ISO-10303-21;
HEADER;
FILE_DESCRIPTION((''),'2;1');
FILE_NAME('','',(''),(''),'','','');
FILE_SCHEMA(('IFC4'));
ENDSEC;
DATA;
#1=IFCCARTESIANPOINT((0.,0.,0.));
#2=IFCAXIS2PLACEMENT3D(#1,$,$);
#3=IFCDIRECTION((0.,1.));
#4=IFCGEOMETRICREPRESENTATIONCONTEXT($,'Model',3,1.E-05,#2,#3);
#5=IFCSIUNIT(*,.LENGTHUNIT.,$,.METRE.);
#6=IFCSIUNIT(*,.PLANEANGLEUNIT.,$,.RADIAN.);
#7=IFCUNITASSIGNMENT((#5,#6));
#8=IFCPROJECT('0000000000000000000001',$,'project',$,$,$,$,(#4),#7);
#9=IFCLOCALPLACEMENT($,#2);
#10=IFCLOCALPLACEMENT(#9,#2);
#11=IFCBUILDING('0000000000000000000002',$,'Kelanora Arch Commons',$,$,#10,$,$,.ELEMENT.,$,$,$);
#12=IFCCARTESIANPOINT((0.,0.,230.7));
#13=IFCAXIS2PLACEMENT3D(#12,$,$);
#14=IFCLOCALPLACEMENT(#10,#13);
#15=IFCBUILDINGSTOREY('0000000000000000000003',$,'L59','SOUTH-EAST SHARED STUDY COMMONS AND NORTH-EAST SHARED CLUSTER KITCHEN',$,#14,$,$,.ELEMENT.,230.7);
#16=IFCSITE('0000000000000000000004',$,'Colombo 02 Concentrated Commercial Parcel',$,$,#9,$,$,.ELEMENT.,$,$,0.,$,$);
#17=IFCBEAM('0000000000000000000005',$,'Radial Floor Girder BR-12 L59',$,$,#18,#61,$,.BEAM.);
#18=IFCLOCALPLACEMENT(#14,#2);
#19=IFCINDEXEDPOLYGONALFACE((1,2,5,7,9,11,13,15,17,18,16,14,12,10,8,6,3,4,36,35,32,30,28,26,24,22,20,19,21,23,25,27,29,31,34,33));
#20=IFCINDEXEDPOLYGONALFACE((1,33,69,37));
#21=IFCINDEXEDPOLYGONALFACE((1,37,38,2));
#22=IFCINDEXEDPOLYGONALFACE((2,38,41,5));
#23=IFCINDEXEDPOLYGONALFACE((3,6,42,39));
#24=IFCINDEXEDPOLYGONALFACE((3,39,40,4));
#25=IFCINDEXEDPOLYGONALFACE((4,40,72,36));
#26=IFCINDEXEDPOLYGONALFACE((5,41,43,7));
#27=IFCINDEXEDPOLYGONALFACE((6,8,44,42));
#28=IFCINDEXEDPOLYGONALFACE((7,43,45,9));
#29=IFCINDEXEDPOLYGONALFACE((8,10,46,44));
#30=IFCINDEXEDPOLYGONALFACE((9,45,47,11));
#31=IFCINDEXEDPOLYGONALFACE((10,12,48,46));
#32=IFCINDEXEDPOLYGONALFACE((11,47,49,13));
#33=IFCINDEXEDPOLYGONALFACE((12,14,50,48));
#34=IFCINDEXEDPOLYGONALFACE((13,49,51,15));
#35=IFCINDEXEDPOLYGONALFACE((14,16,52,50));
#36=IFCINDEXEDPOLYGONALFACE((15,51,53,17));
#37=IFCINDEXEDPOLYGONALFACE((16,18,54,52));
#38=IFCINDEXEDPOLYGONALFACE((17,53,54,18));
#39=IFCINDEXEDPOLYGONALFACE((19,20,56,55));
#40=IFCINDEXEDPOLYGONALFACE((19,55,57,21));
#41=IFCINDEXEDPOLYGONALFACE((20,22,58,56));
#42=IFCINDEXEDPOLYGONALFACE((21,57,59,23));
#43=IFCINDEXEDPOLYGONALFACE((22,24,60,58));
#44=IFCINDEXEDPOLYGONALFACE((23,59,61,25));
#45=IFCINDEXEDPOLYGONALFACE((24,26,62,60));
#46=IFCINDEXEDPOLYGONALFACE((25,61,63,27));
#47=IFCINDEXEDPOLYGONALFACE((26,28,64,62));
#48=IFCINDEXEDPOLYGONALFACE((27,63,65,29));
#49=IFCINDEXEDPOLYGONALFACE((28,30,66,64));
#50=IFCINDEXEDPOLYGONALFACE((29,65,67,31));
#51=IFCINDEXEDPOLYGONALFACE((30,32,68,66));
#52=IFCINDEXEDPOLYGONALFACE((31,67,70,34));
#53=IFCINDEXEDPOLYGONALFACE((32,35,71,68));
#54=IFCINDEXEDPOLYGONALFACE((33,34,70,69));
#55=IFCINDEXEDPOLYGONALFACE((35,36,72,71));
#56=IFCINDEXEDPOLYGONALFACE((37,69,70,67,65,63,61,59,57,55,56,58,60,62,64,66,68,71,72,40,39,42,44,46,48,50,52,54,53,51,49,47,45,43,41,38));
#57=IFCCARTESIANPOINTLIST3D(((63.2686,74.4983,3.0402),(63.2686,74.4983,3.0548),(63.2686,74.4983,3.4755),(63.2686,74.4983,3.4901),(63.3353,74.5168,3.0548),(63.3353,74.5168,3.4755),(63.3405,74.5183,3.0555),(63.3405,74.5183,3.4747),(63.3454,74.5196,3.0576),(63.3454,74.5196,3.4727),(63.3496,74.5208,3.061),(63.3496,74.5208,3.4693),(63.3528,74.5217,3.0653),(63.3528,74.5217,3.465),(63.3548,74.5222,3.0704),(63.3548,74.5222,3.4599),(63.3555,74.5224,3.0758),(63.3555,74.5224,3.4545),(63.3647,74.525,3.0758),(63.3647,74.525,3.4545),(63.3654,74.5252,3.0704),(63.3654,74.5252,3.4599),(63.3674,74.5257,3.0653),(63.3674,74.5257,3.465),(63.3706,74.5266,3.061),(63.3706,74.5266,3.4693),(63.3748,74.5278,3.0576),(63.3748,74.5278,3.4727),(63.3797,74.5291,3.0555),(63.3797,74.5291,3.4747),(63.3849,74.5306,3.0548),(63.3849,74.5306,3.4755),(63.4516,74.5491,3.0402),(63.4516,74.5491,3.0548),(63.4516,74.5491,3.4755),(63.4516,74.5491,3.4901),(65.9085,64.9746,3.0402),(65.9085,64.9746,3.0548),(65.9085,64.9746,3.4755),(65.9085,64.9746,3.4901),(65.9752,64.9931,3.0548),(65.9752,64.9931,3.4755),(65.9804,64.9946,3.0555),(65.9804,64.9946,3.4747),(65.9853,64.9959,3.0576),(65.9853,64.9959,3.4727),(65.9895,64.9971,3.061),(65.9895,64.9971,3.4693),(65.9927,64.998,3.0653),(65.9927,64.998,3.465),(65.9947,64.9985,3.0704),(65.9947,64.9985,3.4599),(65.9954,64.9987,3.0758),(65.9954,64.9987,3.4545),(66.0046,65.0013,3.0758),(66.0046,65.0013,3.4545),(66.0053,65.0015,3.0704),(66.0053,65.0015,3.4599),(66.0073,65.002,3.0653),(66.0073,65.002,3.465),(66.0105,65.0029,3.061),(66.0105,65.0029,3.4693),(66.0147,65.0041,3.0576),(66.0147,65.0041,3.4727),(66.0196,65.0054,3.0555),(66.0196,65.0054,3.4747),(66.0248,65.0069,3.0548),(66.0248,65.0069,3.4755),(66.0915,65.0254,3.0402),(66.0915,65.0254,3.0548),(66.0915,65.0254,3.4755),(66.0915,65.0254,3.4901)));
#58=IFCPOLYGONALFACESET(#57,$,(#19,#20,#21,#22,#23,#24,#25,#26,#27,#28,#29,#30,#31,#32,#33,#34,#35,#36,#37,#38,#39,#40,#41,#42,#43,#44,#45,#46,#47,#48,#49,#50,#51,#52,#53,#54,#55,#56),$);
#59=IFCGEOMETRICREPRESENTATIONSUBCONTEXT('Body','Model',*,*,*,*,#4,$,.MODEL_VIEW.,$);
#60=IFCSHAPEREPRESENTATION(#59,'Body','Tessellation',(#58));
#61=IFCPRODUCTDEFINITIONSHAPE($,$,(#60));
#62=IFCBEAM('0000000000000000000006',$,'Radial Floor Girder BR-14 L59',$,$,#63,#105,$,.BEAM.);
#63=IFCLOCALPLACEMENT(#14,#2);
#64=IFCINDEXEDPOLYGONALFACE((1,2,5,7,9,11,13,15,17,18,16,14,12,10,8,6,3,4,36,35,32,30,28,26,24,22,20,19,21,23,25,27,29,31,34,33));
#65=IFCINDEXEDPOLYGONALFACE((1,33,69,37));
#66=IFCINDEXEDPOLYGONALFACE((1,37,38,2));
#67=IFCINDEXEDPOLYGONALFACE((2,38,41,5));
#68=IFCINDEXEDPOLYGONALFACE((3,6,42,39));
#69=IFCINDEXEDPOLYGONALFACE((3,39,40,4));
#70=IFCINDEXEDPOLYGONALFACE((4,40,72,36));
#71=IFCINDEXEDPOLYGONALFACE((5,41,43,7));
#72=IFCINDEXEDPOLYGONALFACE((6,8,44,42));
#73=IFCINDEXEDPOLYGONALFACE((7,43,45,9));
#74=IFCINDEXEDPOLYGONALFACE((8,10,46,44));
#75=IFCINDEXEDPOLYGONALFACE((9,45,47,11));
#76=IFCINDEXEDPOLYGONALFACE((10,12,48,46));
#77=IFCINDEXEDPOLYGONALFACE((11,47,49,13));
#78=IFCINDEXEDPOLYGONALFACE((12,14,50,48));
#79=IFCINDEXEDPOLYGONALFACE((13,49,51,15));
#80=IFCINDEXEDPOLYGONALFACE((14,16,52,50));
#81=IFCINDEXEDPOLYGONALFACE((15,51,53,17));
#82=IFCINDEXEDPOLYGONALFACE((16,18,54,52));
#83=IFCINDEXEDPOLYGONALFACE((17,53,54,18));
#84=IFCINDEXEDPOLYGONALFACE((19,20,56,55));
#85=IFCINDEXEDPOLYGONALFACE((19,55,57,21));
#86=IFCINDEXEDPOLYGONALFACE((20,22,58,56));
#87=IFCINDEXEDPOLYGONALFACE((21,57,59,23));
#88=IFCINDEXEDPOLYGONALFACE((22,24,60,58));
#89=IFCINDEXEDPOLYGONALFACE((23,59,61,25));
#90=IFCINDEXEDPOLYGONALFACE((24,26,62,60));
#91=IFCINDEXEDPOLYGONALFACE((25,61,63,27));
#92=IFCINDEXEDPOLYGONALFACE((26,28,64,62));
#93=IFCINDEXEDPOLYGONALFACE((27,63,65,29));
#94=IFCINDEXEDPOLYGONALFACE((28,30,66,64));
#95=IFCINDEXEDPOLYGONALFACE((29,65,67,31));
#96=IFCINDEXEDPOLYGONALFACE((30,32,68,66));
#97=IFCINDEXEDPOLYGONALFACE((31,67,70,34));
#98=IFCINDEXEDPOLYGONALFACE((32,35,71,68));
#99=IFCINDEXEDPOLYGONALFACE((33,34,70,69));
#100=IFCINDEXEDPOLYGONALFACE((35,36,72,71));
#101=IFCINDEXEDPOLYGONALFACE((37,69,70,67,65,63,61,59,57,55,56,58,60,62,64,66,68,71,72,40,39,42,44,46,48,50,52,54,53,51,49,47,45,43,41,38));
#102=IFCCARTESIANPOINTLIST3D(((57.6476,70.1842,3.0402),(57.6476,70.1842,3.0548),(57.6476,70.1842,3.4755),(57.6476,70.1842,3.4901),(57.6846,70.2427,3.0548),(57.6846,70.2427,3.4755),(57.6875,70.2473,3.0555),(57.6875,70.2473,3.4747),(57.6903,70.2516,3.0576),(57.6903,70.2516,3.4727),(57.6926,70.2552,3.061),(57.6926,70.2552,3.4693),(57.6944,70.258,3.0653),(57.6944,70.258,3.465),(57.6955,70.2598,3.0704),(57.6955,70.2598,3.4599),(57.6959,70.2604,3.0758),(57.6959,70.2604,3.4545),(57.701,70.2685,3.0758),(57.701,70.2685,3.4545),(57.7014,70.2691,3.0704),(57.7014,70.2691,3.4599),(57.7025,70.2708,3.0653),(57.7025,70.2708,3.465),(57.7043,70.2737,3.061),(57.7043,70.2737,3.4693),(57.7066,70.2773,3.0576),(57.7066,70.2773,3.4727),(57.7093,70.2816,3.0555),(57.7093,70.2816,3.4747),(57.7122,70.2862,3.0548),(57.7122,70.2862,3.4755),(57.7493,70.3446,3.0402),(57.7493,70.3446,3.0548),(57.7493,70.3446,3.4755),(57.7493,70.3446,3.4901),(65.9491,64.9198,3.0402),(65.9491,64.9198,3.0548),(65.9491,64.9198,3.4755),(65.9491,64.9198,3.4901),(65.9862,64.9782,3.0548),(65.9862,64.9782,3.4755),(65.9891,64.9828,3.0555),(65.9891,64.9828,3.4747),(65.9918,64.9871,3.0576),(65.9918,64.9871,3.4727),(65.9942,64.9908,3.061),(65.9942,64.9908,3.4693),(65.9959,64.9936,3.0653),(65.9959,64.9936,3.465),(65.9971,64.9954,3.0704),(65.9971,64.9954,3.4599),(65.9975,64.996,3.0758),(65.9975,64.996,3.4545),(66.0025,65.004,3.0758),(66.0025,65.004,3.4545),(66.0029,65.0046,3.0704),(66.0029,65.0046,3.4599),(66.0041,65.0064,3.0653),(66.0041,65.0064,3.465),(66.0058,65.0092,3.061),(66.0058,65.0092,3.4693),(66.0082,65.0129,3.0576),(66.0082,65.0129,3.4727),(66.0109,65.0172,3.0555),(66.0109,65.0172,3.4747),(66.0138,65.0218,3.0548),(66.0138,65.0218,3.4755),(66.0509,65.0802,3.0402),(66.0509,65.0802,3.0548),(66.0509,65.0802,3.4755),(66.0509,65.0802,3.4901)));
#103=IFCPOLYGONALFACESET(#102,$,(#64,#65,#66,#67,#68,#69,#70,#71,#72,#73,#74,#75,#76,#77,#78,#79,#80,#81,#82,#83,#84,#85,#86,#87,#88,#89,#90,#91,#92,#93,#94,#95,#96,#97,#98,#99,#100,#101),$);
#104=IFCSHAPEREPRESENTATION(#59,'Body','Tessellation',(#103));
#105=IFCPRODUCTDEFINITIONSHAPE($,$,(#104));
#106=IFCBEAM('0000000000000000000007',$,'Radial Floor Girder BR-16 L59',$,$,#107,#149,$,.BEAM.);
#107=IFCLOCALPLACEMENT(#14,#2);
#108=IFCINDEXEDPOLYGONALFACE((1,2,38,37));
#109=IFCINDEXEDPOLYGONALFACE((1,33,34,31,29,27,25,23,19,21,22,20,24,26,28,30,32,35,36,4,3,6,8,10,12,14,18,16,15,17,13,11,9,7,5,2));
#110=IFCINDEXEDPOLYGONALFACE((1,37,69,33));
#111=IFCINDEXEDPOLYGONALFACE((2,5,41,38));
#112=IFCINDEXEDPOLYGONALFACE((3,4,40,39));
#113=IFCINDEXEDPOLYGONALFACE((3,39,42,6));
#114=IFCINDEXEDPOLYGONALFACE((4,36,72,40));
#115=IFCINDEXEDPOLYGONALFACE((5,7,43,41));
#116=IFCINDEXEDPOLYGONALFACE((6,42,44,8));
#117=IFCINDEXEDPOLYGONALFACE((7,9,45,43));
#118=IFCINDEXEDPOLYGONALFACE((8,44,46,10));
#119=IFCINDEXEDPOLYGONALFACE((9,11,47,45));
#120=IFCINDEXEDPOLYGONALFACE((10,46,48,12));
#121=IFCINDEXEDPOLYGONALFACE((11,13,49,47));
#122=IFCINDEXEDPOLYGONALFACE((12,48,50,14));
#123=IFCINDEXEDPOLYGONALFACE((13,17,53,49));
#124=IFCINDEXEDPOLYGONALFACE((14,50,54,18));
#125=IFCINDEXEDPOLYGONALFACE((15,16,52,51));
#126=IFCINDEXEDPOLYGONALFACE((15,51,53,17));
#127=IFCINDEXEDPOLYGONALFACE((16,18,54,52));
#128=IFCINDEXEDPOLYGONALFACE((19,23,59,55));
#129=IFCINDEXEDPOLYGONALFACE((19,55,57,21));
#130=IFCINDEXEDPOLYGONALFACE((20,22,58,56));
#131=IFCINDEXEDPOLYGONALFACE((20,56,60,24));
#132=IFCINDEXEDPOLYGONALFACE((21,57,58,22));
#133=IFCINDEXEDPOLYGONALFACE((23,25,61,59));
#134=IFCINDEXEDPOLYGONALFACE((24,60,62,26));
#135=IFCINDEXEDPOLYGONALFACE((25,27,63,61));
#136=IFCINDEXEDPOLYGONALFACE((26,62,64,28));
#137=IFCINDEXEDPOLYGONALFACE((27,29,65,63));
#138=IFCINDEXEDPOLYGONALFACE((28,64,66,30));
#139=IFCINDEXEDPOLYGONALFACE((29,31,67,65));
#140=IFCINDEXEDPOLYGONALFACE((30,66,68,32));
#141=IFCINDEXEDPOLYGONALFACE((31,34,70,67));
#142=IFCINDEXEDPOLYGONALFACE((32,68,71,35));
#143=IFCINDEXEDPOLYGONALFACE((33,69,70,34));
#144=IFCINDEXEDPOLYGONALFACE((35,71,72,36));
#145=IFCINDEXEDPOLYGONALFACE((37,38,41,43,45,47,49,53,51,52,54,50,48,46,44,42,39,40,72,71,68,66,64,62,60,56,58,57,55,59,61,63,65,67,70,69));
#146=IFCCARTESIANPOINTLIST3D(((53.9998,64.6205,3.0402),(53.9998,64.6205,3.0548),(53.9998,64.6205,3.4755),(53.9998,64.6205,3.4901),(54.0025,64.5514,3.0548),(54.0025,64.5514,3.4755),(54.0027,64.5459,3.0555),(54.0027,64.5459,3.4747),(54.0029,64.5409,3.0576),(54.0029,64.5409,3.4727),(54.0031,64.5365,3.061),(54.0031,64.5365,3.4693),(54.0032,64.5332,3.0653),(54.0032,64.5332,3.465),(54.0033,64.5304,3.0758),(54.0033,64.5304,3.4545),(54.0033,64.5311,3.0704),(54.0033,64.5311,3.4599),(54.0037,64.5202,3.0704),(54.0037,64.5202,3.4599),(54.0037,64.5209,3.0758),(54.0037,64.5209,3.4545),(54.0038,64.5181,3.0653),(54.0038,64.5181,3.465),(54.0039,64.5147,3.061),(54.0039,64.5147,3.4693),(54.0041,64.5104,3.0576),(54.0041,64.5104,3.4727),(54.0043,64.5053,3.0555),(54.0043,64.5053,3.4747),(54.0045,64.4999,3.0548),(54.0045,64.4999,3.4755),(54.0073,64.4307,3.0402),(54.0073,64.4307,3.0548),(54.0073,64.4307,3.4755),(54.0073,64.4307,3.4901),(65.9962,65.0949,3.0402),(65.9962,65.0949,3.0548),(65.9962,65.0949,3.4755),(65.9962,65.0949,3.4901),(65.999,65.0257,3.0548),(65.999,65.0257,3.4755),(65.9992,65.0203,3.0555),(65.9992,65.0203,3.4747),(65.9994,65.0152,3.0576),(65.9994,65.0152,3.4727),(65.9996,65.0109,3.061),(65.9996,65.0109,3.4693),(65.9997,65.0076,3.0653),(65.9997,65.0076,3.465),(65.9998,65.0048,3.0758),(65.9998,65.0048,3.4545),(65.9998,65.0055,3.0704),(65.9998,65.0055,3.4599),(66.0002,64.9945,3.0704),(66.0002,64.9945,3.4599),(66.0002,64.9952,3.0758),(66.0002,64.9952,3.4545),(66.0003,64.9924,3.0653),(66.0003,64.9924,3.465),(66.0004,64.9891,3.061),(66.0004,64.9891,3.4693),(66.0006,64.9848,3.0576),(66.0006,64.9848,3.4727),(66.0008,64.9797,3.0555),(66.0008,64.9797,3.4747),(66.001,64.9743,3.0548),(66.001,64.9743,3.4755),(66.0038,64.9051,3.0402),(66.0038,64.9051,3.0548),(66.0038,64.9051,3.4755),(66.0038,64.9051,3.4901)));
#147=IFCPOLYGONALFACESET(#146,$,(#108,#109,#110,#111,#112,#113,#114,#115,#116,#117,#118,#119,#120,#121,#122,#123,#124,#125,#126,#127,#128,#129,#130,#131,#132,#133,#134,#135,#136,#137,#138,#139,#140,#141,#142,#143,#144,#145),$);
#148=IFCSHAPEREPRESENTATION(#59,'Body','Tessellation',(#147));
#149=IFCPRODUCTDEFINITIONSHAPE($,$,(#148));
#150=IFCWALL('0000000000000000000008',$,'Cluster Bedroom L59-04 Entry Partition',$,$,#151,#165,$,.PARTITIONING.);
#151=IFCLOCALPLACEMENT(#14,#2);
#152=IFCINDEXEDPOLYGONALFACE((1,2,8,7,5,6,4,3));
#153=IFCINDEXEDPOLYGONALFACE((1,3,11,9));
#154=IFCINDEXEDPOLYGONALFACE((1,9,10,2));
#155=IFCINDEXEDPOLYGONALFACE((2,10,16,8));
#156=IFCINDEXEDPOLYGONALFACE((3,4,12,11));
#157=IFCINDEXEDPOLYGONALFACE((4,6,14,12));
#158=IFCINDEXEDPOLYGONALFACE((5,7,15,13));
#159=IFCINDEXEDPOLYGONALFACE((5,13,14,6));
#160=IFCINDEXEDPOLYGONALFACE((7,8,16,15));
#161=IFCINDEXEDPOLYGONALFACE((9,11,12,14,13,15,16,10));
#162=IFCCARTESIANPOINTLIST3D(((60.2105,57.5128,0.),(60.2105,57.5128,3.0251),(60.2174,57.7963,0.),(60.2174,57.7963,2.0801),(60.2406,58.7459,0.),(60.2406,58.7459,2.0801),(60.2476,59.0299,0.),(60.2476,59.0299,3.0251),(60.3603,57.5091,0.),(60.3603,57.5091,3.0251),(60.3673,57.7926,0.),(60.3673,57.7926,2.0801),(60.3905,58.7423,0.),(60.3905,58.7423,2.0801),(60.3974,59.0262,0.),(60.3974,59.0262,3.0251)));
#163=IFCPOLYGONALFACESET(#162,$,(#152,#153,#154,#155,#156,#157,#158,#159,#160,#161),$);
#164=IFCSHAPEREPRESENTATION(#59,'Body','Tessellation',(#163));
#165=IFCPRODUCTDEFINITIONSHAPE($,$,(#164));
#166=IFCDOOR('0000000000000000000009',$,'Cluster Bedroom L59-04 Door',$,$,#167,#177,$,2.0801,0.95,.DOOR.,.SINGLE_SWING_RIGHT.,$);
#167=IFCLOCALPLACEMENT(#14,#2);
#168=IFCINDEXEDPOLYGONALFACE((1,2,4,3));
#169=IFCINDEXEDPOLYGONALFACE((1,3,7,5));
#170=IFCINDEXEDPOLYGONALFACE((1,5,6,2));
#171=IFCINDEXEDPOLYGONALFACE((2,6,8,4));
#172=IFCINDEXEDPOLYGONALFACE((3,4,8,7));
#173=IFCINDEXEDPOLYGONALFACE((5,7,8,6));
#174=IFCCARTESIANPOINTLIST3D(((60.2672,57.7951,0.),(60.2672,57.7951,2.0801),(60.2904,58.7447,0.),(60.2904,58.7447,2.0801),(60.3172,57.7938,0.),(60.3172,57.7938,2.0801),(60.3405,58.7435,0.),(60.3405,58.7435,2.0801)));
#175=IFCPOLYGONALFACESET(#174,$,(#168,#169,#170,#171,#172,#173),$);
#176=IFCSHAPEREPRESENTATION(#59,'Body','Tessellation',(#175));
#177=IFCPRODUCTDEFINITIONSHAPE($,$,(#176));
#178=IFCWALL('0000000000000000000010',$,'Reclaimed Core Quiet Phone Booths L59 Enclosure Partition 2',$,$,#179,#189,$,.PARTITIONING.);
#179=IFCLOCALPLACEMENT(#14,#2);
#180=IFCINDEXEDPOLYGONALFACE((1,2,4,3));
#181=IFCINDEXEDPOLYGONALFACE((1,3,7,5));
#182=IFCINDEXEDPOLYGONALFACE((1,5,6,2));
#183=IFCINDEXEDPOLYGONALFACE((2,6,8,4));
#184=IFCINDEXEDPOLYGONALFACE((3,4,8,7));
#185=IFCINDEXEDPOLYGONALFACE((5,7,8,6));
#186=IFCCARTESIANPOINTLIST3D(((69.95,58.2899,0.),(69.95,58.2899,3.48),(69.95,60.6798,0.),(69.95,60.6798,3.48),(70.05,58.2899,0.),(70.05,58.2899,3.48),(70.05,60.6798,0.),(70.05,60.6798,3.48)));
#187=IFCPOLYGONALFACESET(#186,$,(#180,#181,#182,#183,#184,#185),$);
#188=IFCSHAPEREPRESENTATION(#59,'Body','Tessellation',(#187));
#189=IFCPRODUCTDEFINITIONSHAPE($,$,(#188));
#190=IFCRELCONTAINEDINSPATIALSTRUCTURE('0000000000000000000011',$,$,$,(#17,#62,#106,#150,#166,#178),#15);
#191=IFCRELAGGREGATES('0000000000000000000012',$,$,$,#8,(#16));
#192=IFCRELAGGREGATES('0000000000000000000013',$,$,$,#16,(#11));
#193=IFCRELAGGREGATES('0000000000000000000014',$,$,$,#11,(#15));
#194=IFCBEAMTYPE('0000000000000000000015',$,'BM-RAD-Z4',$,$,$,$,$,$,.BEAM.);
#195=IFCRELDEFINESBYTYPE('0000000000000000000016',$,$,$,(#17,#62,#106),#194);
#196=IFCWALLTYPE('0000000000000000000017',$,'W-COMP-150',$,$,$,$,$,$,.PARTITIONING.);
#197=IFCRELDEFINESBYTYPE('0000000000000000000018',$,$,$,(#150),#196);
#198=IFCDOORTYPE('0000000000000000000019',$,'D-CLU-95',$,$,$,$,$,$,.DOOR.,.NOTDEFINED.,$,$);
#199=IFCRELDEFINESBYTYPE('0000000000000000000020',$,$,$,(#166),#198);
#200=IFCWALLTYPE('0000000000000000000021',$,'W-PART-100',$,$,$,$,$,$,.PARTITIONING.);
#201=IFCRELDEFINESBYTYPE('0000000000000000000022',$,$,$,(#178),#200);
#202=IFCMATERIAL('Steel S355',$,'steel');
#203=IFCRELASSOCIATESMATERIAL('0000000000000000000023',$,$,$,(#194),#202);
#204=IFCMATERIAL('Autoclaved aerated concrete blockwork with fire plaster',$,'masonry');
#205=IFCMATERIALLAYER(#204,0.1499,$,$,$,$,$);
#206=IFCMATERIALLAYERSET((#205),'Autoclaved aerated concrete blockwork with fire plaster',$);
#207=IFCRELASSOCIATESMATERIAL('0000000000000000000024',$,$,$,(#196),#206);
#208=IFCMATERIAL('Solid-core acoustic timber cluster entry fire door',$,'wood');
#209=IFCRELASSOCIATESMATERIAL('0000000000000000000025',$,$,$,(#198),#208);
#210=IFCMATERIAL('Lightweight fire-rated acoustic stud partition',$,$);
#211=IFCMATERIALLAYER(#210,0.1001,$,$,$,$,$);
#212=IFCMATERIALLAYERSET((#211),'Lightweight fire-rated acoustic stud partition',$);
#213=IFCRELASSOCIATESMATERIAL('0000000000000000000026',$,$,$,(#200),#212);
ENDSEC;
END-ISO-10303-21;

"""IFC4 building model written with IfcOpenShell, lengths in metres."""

from ifc_helpers import new_model, si_unit, direction, frame, frame_2d, origin, origin_2d, place, context, subcontext, project, spatial, rectangle, i_section, extrude, material, layer, layer_set, material_profile, profile_set, type_object, element, fill, save


model = new_model("IFC4")

# Units and contexts
model_context = context("Model", 3, precision=1e-05, world=origin(), true_north=direction((0.0, 1.0)))
body_context = subcontext(model_context, "Body", "Model", "MODEL_VIEW")
ifc_project = project(units=[si_unit("LENGTHUNIT", "METRE"), si_unit("PLANEANGLEUNIT", "RADIAN")], contexts=[model_context])

# Site, building, storey
site_placement = place(None, origin())
site = spatial("IfcSite", under=ifc_project, at=site_placement, Name="Colombo 02 Concentrated Commercial Parcel", CompositionType="ELEMENT", RefElevation=0.0)
building_placement = place(site_placement, origin())
building = spatial("IfcBuilding", under=site, at=building_placement, Name="Kelanora Arch Commons", CompositionType="ELEMENT")
storey_placement = place(building_placement, frame((0.0, 0.0, 230.7)))
storey = spatial("IfcBuildingStorey", under=building, at=storey_placement, Name="L59", Description="SOUTH-EAST SHARED STUDY COMMONS AND NORTH-EAST SHARED CLUSTER KITCHEN", CompositionType="ELEMENT", Elevation=230.7)

# Beams
ifc_material_1 = material(Name="Steel S355", Category="steel")
ifc_material_profile_1 = material_profile(ifc_material_1, i_section(OverallWidth=0.1899, OverallDepth=0.45, WebThickness=0.0095, FlangeThickness=0.0146, FilletRadius=0.021, at=origin_2d()), Name="IPE450")
ifc_profile_set_1 = profile_set([ifc_material_profile_1], Name="Steel S355")
beam_type_1 = type_object("IfcBeamType", Name="BM-RAD-Z4", PredefinedType="BEAM", material=ifc_profile_set_1)
beam_1_placement = place(storey_placement, frame((66.0, 65.0, 3.2651), z_axis=(-0.26712, 0.963663, 0.0), x_axis=(-0.963663, -0.26712, 0.0)))
element("IfcBeam", 1, at=beam_1_placement, inside=storey, type_object=beam_type_1, Name="Radial Floor Girder BR-12 L59", PredefinedType="BEAM", context=body_context, shape_type="SweptSolid", body=[
    extrude(i_section(OverallWidth=0.1899, OverallDepth=0.45, WebThickness=0.0095, FlangeThickness=0.0146, FilletRadius=0.021, at=origin_2d()), origin(), (0.0, 0.0, 1.0), 9.8828),
])
beam_2_placement = place(storey_placement, frame((66.0, 65.0, 3.2651), z_axis=(-0.844507, 0.535544, 0.0), x_axis=(-0.535544, -0.844507, 0.0)))
element("IfcBeam", 2, at=beam_2_placement, inside=storey, type_object=beam_type_1, Name="Radial Floor Girder BR-14 L59", PredefinedType="BEAM", context=body_context, shape_type="SweptSolid", body=[
    extrude(i_section(OverallWidth=0.1899, OverallDepth=0.45, WebThickness=0.0095, FlangeThickness=0.0146, FilletRadius=0.021, at=origin_2d()), origin(), (0.0, 0.0, 1.0), 9.8301),
])
beam_3_placement = place(storey_placement, frame((66.0, 65.0, 3.2651), z_axis=(-0.999219, -0.039511, 0.0), x_axis=(0.039511, -0.999219, 0.0)))
element("IfcBeam", 3, at=beam_3_placement, inside=storey, type_object=beam_type_1, Name="Radial Floor Girder BR-16 L59", PredefinedType="BEAM", context=body_context, shape_type="SweptSolid", body=[
    extrude(i_section(OverallWidth=0.1899, OverallDepth=0.45, WebThickness=0.0095, FlangeThickness=0.0146, FilletRadius=0.021, at=origin_2d()), origin(), (0.0, 0.0, 1.0), 12.0059),
])

# Wall, opening, door
ifc_material_2 = material(Name="Autoclaved aerated concrete blockwork with fire plaster", Category="masonry")
ifc_layer_1 = layer(ifc_material_2, 0.1499)
ifc_layer_set_1 = layer_set([ifc_layer_1], Name="Autoclaved aerated concrete blockwork with fire plaster")
wall_type_1 = type_object("IfcWallType", Name="W-COMP-150", PredefinedType="PARTITIONING", material=ifc_layer_set_1)
wall_1_placement = place(storey_placement, frame((60.3225, 59.0281, 0.0), z_axis=(0.0, 0.0, 1.0), x_axis=(-0.024454, -0.999701, 0.0)))
wall_1 = element("IfcWall", 4, at=wall_1_placement, inside=storey, type_object=wall_type_1, Name="Cluster Bedroom L59-04 Entry Partition", PredefinedType="PARTITIONING", context=body_context, shape_type="SweptSolid", body=[
    extrude(rectangle(XDim=1.5176, YDim=0.1499, at=frame_2d((0.7588, 0.0))), origin(), (0.0, 0.0, 1.0), 3.0251),
])
opening_1_placement = place(wall_1_placement, frame((0.2839, 0.0, 0.0)))
opening_1 = element("IfcOpeningElement", 5, at=opening_1_placement, cuts=wall_1, PredefinedType="OPENING", context=body_context, shape_type="SweptSolid", body=[
    extrude(rectangle(XDim=0.95, YDim=2.0801, at=frame_2d((0.4751, 1.04))), frame((0.0, 0.085, 0.0), z_axis=(0.0, -1.0, 0.0), x_axis=(1.0, 0.0, 0.0)), (0.0, 0.0, 1.0), 0.1699),
])
ifc_material_3 = material(Name="Solid-core acoustic timber cluster entry fire door", Category="wood")
door_type_1 = type_object("IfcDoorType", Name="D-CLU-95", OperationType="NOTDEFINED", PredefinedType="DOOR", material=ifc_material_3)
door_1_placement = place(opening_1_placement, origin())
door_1 = element("IfcDoor", 6, at=door_1_placement, inside=storey, type_object=door_type_1, Name="Cluster Bedroom L59-04 Door", OperationType="SINGLE_SWING_RIGHT", OverallHeight=2.0801, OverallWidth=0.95, PredefinedType="DOOR", context=body_context, shape_type="SweptSolid", body=[
    extrude(rectangle(XDim=0.95, YDim=2.0801, at=frame_2d((0.4751, 1.04))), frame((0.0, 0.0249, 0.0), z_axis=(0.0, -1.0, 0.0), x_axis=(1.0, 0.0, 0.0)), (0.0, 0.0, 1.0), 0.05),
])
fill(opening_1, door_1)

# Wall
ifc_material_4 = material(Name="Lightweight fire-rated acoustic stud partition")
ifc_layer_2 = layer(ifc_material_4, 0.1001)
ifc_layer_set_2 = layer_set([ifc_layer_2], Name="Lightweight fire-rated acoustic stud partition")
wall_type_2 = type_object("IfcWallType", Name="W-PART-100", PredefinedType="PARTITIONING", material=ifc_layer_set_2)
wall_2_placement = place(storey_placement, frame((70.0, 58.29, 0.0), z_axis=(0.0, 0.0, 1.0), x_axis=(0.0, 1.0, 0.0)))
element("IfcWall", 7, at=wall_2_placement, inside=storey, type_object=wall_type_2, Name="Reclaimed Core Quiet Phone Booths L59 Enclosure Partition 2", PredefinedType="PARTITIONING", context=body_context, shape_type="SweptSolid", body=[
    extrude(rectangle(XDim=2.3899, YDim=0.1001, at=frame_2d((1.1948, 0.0))), origin(), (0.0, 0.0, 1.0), 3.48),
])

save(model, "model.ifc")
